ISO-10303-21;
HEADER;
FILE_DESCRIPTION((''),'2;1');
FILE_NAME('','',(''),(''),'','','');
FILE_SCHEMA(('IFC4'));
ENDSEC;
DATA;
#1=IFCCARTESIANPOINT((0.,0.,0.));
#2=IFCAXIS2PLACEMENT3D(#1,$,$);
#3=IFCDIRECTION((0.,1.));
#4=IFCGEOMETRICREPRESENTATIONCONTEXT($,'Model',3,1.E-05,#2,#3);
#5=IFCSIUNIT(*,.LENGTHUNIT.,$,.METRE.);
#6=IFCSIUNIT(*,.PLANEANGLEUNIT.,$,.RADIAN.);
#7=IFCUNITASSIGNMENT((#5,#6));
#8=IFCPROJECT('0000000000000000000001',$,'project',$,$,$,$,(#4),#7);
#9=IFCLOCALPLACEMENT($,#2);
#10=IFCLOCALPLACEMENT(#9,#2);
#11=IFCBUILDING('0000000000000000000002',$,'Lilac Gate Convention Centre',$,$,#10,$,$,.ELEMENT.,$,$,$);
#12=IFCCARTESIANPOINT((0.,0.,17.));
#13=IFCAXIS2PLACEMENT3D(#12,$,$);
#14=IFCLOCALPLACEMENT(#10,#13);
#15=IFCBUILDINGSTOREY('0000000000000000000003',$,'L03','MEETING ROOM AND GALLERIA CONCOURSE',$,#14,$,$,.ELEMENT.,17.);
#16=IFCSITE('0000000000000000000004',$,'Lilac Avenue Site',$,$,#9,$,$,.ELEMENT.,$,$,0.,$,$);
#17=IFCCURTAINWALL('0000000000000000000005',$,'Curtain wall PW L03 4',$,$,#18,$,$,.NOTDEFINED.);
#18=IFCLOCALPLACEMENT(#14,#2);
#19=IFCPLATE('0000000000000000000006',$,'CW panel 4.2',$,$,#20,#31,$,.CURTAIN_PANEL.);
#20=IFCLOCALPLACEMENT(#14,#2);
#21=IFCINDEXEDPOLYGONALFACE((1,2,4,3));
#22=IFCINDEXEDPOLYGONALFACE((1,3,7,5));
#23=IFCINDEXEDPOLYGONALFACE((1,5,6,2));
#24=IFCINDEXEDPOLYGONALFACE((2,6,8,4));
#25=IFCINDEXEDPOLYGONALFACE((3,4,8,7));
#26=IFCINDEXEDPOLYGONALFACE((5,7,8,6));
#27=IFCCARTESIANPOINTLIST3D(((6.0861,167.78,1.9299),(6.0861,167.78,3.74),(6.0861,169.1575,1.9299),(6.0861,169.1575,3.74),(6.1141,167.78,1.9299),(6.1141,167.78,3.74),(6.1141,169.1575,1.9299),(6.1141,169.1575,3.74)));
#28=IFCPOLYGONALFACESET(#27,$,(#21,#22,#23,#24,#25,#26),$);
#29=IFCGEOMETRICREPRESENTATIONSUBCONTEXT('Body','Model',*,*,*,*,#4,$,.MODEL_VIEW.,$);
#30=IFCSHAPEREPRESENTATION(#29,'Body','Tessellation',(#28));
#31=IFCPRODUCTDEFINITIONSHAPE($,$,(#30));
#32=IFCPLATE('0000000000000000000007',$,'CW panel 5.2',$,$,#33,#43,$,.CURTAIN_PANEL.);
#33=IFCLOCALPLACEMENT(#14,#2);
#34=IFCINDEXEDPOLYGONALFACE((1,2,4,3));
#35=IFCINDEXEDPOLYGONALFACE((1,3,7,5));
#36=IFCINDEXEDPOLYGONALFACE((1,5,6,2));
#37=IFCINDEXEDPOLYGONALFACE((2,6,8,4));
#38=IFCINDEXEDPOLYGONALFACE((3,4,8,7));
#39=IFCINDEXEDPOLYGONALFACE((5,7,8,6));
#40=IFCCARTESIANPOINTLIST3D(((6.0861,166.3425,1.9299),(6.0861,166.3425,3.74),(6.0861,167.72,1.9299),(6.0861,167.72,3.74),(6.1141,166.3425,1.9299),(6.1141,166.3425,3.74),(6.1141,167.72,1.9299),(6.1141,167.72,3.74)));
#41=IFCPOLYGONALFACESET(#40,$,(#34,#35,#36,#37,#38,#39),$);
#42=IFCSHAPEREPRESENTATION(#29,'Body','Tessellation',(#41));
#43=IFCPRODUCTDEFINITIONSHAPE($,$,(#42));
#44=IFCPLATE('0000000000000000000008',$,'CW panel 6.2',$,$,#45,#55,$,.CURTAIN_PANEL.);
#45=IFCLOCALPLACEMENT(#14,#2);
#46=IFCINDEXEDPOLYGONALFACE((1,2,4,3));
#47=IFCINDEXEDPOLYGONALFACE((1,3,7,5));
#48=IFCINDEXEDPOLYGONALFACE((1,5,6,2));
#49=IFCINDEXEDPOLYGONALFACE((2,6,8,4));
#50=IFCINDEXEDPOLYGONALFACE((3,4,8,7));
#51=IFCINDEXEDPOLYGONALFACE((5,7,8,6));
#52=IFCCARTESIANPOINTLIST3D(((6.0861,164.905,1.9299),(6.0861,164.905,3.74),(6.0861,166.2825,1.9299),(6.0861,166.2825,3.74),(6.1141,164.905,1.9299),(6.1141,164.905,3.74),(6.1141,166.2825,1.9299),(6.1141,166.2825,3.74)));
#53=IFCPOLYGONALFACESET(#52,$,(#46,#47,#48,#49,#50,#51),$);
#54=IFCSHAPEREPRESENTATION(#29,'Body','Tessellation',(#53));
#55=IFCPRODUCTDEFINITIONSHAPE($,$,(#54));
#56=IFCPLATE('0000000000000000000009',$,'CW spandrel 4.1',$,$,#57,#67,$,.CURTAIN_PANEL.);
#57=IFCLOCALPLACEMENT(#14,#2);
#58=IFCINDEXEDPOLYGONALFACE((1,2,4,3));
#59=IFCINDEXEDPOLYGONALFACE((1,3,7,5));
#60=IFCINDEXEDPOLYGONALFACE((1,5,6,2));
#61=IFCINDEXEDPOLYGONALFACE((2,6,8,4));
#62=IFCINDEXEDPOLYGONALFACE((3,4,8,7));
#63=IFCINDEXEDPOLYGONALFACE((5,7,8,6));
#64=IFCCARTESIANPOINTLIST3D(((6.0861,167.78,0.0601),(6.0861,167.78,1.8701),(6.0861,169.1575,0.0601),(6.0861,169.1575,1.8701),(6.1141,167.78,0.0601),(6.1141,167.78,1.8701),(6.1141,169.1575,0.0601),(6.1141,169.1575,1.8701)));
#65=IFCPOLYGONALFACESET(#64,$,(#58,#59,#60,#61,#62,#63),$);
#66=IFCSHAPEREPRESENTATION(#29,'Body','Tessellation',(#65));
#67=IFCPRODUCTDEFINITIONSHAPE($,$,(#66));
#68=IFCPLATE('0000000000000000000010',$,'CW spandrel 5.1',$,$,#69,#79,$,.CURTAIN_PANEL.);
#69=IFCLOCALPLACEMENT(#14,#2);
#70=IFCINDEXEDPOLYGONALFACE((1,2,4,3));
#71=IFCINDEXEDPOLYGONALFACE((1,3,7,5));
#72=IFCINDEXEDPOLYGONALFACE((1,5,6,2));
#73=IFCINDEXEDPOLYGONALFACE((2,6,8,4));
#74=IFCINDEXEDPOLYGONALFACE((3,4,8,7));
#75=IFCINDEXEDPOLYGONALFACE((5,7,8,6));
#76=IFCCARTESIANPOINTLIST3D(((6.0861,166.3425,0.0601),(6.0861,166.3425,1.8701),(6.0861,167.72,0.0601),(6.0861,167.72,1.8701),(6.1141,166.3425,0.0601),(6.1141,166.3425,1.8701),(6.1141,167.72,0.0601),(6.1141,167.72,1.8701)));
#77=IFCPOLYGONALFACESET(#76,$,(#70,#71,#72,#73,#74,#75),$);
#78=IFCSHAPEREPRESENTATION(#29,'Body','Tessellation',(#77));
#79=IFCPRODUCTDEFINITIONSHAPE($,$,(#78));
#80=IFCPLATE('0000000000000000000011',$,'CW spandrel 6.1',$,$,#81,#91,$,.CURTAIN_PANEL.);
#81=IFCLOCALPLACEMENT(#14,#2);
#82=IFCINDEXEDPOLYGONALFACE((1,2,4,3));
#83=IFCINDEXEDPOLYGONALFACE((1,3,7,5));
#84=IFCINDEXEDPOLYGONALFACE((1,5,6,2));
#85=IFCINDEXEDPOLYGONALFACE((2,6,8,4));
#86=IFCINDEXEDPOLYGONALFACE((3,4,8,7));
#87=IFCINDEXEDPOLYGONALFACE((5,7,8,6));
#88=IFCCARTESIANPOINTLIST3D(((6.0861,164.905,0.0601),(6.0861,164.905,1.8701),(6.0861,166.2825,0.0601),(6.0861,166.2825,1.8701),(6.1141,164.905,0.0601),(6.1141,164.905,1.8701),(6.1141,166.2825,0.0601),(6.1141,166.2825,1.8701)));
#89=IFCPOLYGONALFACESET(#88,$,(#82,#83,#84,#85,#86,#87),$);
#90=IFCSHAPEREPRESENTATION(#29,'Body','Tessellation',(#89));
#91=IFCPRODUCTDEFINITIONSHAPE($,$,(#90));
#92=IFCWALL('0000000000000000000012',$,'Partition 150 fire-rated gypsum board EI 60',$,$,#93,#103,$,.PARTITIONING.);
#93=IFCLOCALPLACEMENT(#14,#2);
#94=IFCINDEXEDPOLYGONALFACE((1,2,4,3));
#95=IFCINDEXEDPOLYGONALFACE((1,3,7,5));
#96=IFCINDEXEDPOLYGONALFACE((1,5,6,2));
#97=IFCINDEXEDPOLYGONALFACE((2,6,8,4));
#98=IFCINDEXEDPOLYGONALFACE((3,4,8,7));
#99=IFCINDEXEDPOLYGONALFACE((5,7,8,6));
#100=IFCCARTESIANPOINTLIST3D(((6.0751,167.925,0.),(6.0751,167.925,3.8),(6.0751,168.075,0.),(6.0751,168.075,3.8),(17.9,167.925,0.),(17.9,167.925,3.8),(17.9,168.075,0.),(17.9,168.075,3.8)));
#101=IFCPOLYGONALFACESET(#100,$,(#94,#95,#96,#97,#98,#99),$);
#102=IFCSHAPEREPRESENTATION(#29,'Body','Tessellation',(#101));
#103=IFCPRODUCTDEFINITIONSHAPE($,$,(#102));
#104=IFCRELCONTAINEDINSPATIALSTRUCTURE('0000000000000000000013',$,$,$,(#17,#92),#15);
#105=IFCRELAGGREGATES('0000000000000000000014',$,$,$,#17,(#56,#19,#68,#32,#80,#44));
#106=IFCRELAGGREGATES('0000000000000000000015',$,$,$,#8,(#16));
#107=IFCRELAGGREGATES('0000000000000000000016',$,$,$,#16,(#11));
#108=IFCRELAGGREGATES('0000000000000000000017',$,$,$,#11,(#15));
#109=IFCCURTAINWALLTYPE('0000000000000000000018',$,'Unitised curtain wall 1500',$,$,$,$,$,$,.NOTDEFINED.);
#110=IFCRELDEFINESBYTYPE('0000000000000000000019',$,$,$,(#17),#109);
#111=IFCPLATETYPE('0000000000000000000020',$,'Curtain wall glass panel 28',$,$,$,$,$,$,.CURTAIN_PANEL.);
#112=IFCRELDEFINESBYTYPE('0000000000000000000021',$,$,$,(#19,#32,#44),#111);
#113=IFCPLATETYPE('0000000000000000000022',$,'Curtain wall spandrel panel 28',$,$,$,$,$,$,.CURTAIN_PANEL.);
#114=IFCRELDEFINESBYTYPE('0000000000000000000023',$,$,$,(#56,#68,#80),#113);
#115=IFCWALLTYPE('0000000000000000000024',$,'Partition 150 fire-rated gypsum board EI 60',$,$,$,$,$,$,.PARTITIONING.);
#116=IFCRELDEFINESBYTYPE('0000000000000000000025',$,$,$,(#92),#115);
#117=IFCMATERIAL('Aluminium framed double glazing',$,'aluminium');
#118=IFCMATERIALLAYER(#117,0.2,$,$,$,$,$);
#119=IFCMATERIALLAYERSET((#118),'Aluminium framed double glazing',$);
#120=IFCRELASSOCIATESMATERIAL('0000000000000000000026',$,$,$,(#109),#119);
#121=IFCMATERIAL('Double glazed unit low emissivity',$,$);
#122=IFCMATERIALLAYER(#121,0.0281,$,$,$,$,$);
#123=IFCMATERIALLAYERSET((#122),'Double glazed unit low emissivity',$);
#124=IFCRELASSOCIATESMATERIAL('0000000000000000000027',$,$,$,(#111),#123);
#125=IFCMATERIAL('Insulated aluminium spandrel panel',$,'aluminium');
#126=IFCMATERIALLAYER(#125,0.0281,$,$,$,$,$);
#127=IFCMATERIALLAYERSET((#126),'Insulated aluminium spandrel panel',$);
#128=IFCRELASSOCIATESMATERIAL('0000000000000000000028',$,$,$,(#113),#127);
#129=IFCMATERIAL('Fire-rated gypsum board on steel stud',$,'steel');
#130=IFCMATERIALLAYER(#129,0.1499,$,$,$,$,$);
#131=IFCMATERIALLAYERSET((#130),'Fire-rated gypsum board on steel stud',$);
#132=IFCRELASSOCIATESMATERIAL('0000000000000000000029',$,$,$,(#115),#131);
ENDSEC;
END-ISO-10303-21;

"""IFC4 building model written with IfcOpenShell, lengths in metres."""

from ifc_helpers import new_model, si_unit, direction, frame, frame_2d, origin, origin_2d, place, context, subcontext, project, spatial, rectangle, extrude, material, layer, layer_set, type_object, element, aggregate, save


model = new_model("IFC4")

# Units and contexts
model_context = context("Model", 3, precision=1e-05, world=origin(), true_north=direction((0.0, 1.0)))
body_context = subcontext(model_context, "Body", "Model", "MODEL_VIEW")
ifc_project = project(units=[si_unit("LENGTHUNIT", "METRE"), si_unit("PLANEANGLEUNIT", "RADIAN")], contexts=[model_context])

# Site, building, storey
site_placement = place(None, origin())
site = spatial("IfcSite", under=ifc_project, at=site_placement, Name="Lilac Avenue Site", CompositionType="ELEMENT", RefElevation=0.0)
building_placement = place(site_placement, origin())
building = spatial("IfcBuilding", under=site, at=building_placement, Name="Lilac Gate Convention Centre", CompositionType="ELEMENT")
storey_placement = place(building_placement, frame((0.0, 0.0, 17.0)))
storey = spatial("IfcBuildingStorey", under=building, at=storey_placement, Name="L03", Description="MEETING ROOM AND GALLERIA CONCOURSE", CompositionType="ELEMENT", Elevation=17.0)

# Curtain wall, plates
ifc_material_1 = material(Name="Aluminium framed double glazing", Category="aluminium")
ifc_layer_1 = layer(ifc_material_1, 0.2)
ifc_layer_set_1 = layer_set([ifc_layer_1], Name="Aluminium framed double glazing")
curtain_wall_type = type_object("IfcCurtainWallType", Name="Unitised curtain wall 1500", PredefinedType="NOTDEFINED", material=ifc_layer_set_1)
curtain_wall_placement = place(storey_placement, origin())
curtain_wall = element("IfcCurtainWall", 1, at=curtain_wall_placement, inside=storey, type_object=curtain_wall_type, Name="Curtain wall PW L03 4", PredefinedType="NOTDEFINED")
ifc_material_2 = material(Name="Double glazed unit low emissivity")
ifc_layer_2 = layer(ifc_material_2, 0.0281)
ifc_layer_set_2 = layer_set([ifc_layer_2], Name="Double glazed unit low emissivity")
plate_type_1 = type_object("IfcPlateType", Name="Curtain wall glass panel 28", PredefinedType="CURTAIN_PANEL", material=ifc_layer_set_2)
plate_1_placement = place(storey_placement, frame((6.1001, 168.4688, 1.9299), z_axis=(0.0, 0.0, 1.0), x_axis=(0.0, -1.0, 0.0)))
plate_1 = element("IfcPlate", 2, at=plate_1_placement, type_object=plate_type_1, Name="CW panel 4.2", PredefinedType="CURTAIN_PANEL", context=body_context, shape_type="SweptSolid", body=[
    extrude(rectangle(XDim=1.3774, YDim=0.0281, at=origin_2d()), origin(), (0.0, 0.0, 1.0), 1.8101),
])
plate_2_placement = place(storey_placement, frame((6.1001, 167.0312, 1.9299), z_axis=(0.0, 0.0, 1.0), x_axis=(0.0, -1.0, 0.0)))
plate_2 = element("IfcPlate", 3, at=plate_2_placement, type_object=plate_type_1, Name="CW panel 5.2", PredefinedType="CURTAIN_PANEL", context=body_context, shape_type="SweptSolid", body=[
    extrude(rectangle(XDim=1.3774, YDim=0.0281, at=origin_2d()), origin(), (0.0, 0.0, 1.0), 1.8101),
])
plate_3_placement = place(storey_placement, frame((6.1001, 165.5938, 1.9299), z_axis=(0.0, 0.0, 1.0), x_axis=(0.0, -1.0, 0.0)))
plate_3 = element("IfcPlate", 4, at=plate_3_placement, type_object=plate_type_1, Name="CW panel 6.2", PredefinedType="CURTAIN_PANEL", context=body_context, shape_type="SweptSolid", body=[
    extrude(rectangle(XDim=1.3774, YDim=0.0281, at=origin_2d()), origin(), (0.0, 0.0, 1.0), 1.8101),
])
ifc_material_3 = material(Name="Insulated aluminium spandrel panel", Category="aluminium")
ifc_layer_3 = layer(ifc_material_3, 0.0281)
ifc_layer_set_3 = layer_set([ifc_layer_3], Name="Insulated aluminium spandrel panel")
plate_type_2 = type_object("IfcPlateType", Name="Curtain wall spandrel panel 28", PredefinedType="CURTAIN_PANEL", material=ifc_layer_set_3)
plate_4_placement = place(storey_placement, frame((6.1001, 168.4688, 0.0601), z_axis=(0.0, 0.0, 1.0), x_axis=(0.0, -1.0, 0.0)))
plate_4 = element("IfcPlate", 5, at=plate_4_placement, type_object=plate_type_2, Name="CW spandrel 4.1", PredefinedType="CURTAIN_PANEL", context=body_context, shape_type="SweptSolid", body=[
    extrude(rectangle(XDim=1.3774, YDim=0.0281, at=origin_2d()), origin(), (0.0, 0.0, 1.0), 1.8101),
])
plate_5_placement = place(storey_placement, frame((6.1001, 167.0312, 0.0601), z_axis=(0.0, 0.0, 1.0), x_axis=(0.0, -1.0, 0.0)))
plate_5 = element("IfcPlate", 6, at=plate_5_placement, type_object=plate_type_2, Name="CW spandrel 5.1", PredefinedType="CURTAIN_PANEL", context=body_context, shape_type="SweptSolid", body=[
    extrude(rectangle(XDim=1.3774, YDim=0.0281, at=origin_2d()), origin(), (0.0, 0.0, 1.0), 1.8101),
])
plate_6_placement = place(storey_placement, frame((6.1001, 165.5938, 0.0601), z_axis=(0.0, 0.0, 1.0), x_axis=(0.0, -1.0, 0.0)))
plate_6 = element("IfcPlate", 7, at=plate_6_placement, type_object=plate_type_2, Name="CW spandrel 6.1", PredefinedType="CURTAIN_PANEL", context=body_context, shape_type="SweptSolid", body=[
    extrude(rectangle(XDim=1.3774, YDim=0.0281, at=origin_2d()), origin(), (0.0, 0.0, 1.0), 1.8101),
])
aggregate(curtain_wall, [plate_4, plate_1, plate_5, plate_2, plate_6, plate_3])

# Wall
ifc_material_4 = material(Name="Fire-rated gypsum board on steel stud", Category="steel")
ifc_layer_4 = layer(ifc_material_4, 0.1499)
ifc_layer_set_4 = layer_set([ifc_layer_4], Name="Fire-rated gypsum board on steel stud")
wall_type = type_object("IfcWallType", Name="Partition 150 fire-rated gypsum board EI 60", PredefinedType="PARTITIONING", material=ifc_layer_set_4)
wall_placement = place(storey_placement, frame((6.075, 168.0, 0.0), z_axis=(0.0, 0.0, 1.0), x_axis=(1.0, 0.0, 0.0)))
element("IfcWall", 8, at=wall_placement, inside=storey, type_object=wall_type, Name="Partition 150 fire-rated gypsum board EI 60", PredefinedType="PARTITIONING", context=body_context, shape_type="SweptSolid", body=[
    extrude(rectangle(XDim=11.825, YDim=0.1499, at=frame_2d((5.9126, 0.0))), origin(), (0.0, 0.0, 1.0), 3.8),
])

save(model, "model.ifc")
